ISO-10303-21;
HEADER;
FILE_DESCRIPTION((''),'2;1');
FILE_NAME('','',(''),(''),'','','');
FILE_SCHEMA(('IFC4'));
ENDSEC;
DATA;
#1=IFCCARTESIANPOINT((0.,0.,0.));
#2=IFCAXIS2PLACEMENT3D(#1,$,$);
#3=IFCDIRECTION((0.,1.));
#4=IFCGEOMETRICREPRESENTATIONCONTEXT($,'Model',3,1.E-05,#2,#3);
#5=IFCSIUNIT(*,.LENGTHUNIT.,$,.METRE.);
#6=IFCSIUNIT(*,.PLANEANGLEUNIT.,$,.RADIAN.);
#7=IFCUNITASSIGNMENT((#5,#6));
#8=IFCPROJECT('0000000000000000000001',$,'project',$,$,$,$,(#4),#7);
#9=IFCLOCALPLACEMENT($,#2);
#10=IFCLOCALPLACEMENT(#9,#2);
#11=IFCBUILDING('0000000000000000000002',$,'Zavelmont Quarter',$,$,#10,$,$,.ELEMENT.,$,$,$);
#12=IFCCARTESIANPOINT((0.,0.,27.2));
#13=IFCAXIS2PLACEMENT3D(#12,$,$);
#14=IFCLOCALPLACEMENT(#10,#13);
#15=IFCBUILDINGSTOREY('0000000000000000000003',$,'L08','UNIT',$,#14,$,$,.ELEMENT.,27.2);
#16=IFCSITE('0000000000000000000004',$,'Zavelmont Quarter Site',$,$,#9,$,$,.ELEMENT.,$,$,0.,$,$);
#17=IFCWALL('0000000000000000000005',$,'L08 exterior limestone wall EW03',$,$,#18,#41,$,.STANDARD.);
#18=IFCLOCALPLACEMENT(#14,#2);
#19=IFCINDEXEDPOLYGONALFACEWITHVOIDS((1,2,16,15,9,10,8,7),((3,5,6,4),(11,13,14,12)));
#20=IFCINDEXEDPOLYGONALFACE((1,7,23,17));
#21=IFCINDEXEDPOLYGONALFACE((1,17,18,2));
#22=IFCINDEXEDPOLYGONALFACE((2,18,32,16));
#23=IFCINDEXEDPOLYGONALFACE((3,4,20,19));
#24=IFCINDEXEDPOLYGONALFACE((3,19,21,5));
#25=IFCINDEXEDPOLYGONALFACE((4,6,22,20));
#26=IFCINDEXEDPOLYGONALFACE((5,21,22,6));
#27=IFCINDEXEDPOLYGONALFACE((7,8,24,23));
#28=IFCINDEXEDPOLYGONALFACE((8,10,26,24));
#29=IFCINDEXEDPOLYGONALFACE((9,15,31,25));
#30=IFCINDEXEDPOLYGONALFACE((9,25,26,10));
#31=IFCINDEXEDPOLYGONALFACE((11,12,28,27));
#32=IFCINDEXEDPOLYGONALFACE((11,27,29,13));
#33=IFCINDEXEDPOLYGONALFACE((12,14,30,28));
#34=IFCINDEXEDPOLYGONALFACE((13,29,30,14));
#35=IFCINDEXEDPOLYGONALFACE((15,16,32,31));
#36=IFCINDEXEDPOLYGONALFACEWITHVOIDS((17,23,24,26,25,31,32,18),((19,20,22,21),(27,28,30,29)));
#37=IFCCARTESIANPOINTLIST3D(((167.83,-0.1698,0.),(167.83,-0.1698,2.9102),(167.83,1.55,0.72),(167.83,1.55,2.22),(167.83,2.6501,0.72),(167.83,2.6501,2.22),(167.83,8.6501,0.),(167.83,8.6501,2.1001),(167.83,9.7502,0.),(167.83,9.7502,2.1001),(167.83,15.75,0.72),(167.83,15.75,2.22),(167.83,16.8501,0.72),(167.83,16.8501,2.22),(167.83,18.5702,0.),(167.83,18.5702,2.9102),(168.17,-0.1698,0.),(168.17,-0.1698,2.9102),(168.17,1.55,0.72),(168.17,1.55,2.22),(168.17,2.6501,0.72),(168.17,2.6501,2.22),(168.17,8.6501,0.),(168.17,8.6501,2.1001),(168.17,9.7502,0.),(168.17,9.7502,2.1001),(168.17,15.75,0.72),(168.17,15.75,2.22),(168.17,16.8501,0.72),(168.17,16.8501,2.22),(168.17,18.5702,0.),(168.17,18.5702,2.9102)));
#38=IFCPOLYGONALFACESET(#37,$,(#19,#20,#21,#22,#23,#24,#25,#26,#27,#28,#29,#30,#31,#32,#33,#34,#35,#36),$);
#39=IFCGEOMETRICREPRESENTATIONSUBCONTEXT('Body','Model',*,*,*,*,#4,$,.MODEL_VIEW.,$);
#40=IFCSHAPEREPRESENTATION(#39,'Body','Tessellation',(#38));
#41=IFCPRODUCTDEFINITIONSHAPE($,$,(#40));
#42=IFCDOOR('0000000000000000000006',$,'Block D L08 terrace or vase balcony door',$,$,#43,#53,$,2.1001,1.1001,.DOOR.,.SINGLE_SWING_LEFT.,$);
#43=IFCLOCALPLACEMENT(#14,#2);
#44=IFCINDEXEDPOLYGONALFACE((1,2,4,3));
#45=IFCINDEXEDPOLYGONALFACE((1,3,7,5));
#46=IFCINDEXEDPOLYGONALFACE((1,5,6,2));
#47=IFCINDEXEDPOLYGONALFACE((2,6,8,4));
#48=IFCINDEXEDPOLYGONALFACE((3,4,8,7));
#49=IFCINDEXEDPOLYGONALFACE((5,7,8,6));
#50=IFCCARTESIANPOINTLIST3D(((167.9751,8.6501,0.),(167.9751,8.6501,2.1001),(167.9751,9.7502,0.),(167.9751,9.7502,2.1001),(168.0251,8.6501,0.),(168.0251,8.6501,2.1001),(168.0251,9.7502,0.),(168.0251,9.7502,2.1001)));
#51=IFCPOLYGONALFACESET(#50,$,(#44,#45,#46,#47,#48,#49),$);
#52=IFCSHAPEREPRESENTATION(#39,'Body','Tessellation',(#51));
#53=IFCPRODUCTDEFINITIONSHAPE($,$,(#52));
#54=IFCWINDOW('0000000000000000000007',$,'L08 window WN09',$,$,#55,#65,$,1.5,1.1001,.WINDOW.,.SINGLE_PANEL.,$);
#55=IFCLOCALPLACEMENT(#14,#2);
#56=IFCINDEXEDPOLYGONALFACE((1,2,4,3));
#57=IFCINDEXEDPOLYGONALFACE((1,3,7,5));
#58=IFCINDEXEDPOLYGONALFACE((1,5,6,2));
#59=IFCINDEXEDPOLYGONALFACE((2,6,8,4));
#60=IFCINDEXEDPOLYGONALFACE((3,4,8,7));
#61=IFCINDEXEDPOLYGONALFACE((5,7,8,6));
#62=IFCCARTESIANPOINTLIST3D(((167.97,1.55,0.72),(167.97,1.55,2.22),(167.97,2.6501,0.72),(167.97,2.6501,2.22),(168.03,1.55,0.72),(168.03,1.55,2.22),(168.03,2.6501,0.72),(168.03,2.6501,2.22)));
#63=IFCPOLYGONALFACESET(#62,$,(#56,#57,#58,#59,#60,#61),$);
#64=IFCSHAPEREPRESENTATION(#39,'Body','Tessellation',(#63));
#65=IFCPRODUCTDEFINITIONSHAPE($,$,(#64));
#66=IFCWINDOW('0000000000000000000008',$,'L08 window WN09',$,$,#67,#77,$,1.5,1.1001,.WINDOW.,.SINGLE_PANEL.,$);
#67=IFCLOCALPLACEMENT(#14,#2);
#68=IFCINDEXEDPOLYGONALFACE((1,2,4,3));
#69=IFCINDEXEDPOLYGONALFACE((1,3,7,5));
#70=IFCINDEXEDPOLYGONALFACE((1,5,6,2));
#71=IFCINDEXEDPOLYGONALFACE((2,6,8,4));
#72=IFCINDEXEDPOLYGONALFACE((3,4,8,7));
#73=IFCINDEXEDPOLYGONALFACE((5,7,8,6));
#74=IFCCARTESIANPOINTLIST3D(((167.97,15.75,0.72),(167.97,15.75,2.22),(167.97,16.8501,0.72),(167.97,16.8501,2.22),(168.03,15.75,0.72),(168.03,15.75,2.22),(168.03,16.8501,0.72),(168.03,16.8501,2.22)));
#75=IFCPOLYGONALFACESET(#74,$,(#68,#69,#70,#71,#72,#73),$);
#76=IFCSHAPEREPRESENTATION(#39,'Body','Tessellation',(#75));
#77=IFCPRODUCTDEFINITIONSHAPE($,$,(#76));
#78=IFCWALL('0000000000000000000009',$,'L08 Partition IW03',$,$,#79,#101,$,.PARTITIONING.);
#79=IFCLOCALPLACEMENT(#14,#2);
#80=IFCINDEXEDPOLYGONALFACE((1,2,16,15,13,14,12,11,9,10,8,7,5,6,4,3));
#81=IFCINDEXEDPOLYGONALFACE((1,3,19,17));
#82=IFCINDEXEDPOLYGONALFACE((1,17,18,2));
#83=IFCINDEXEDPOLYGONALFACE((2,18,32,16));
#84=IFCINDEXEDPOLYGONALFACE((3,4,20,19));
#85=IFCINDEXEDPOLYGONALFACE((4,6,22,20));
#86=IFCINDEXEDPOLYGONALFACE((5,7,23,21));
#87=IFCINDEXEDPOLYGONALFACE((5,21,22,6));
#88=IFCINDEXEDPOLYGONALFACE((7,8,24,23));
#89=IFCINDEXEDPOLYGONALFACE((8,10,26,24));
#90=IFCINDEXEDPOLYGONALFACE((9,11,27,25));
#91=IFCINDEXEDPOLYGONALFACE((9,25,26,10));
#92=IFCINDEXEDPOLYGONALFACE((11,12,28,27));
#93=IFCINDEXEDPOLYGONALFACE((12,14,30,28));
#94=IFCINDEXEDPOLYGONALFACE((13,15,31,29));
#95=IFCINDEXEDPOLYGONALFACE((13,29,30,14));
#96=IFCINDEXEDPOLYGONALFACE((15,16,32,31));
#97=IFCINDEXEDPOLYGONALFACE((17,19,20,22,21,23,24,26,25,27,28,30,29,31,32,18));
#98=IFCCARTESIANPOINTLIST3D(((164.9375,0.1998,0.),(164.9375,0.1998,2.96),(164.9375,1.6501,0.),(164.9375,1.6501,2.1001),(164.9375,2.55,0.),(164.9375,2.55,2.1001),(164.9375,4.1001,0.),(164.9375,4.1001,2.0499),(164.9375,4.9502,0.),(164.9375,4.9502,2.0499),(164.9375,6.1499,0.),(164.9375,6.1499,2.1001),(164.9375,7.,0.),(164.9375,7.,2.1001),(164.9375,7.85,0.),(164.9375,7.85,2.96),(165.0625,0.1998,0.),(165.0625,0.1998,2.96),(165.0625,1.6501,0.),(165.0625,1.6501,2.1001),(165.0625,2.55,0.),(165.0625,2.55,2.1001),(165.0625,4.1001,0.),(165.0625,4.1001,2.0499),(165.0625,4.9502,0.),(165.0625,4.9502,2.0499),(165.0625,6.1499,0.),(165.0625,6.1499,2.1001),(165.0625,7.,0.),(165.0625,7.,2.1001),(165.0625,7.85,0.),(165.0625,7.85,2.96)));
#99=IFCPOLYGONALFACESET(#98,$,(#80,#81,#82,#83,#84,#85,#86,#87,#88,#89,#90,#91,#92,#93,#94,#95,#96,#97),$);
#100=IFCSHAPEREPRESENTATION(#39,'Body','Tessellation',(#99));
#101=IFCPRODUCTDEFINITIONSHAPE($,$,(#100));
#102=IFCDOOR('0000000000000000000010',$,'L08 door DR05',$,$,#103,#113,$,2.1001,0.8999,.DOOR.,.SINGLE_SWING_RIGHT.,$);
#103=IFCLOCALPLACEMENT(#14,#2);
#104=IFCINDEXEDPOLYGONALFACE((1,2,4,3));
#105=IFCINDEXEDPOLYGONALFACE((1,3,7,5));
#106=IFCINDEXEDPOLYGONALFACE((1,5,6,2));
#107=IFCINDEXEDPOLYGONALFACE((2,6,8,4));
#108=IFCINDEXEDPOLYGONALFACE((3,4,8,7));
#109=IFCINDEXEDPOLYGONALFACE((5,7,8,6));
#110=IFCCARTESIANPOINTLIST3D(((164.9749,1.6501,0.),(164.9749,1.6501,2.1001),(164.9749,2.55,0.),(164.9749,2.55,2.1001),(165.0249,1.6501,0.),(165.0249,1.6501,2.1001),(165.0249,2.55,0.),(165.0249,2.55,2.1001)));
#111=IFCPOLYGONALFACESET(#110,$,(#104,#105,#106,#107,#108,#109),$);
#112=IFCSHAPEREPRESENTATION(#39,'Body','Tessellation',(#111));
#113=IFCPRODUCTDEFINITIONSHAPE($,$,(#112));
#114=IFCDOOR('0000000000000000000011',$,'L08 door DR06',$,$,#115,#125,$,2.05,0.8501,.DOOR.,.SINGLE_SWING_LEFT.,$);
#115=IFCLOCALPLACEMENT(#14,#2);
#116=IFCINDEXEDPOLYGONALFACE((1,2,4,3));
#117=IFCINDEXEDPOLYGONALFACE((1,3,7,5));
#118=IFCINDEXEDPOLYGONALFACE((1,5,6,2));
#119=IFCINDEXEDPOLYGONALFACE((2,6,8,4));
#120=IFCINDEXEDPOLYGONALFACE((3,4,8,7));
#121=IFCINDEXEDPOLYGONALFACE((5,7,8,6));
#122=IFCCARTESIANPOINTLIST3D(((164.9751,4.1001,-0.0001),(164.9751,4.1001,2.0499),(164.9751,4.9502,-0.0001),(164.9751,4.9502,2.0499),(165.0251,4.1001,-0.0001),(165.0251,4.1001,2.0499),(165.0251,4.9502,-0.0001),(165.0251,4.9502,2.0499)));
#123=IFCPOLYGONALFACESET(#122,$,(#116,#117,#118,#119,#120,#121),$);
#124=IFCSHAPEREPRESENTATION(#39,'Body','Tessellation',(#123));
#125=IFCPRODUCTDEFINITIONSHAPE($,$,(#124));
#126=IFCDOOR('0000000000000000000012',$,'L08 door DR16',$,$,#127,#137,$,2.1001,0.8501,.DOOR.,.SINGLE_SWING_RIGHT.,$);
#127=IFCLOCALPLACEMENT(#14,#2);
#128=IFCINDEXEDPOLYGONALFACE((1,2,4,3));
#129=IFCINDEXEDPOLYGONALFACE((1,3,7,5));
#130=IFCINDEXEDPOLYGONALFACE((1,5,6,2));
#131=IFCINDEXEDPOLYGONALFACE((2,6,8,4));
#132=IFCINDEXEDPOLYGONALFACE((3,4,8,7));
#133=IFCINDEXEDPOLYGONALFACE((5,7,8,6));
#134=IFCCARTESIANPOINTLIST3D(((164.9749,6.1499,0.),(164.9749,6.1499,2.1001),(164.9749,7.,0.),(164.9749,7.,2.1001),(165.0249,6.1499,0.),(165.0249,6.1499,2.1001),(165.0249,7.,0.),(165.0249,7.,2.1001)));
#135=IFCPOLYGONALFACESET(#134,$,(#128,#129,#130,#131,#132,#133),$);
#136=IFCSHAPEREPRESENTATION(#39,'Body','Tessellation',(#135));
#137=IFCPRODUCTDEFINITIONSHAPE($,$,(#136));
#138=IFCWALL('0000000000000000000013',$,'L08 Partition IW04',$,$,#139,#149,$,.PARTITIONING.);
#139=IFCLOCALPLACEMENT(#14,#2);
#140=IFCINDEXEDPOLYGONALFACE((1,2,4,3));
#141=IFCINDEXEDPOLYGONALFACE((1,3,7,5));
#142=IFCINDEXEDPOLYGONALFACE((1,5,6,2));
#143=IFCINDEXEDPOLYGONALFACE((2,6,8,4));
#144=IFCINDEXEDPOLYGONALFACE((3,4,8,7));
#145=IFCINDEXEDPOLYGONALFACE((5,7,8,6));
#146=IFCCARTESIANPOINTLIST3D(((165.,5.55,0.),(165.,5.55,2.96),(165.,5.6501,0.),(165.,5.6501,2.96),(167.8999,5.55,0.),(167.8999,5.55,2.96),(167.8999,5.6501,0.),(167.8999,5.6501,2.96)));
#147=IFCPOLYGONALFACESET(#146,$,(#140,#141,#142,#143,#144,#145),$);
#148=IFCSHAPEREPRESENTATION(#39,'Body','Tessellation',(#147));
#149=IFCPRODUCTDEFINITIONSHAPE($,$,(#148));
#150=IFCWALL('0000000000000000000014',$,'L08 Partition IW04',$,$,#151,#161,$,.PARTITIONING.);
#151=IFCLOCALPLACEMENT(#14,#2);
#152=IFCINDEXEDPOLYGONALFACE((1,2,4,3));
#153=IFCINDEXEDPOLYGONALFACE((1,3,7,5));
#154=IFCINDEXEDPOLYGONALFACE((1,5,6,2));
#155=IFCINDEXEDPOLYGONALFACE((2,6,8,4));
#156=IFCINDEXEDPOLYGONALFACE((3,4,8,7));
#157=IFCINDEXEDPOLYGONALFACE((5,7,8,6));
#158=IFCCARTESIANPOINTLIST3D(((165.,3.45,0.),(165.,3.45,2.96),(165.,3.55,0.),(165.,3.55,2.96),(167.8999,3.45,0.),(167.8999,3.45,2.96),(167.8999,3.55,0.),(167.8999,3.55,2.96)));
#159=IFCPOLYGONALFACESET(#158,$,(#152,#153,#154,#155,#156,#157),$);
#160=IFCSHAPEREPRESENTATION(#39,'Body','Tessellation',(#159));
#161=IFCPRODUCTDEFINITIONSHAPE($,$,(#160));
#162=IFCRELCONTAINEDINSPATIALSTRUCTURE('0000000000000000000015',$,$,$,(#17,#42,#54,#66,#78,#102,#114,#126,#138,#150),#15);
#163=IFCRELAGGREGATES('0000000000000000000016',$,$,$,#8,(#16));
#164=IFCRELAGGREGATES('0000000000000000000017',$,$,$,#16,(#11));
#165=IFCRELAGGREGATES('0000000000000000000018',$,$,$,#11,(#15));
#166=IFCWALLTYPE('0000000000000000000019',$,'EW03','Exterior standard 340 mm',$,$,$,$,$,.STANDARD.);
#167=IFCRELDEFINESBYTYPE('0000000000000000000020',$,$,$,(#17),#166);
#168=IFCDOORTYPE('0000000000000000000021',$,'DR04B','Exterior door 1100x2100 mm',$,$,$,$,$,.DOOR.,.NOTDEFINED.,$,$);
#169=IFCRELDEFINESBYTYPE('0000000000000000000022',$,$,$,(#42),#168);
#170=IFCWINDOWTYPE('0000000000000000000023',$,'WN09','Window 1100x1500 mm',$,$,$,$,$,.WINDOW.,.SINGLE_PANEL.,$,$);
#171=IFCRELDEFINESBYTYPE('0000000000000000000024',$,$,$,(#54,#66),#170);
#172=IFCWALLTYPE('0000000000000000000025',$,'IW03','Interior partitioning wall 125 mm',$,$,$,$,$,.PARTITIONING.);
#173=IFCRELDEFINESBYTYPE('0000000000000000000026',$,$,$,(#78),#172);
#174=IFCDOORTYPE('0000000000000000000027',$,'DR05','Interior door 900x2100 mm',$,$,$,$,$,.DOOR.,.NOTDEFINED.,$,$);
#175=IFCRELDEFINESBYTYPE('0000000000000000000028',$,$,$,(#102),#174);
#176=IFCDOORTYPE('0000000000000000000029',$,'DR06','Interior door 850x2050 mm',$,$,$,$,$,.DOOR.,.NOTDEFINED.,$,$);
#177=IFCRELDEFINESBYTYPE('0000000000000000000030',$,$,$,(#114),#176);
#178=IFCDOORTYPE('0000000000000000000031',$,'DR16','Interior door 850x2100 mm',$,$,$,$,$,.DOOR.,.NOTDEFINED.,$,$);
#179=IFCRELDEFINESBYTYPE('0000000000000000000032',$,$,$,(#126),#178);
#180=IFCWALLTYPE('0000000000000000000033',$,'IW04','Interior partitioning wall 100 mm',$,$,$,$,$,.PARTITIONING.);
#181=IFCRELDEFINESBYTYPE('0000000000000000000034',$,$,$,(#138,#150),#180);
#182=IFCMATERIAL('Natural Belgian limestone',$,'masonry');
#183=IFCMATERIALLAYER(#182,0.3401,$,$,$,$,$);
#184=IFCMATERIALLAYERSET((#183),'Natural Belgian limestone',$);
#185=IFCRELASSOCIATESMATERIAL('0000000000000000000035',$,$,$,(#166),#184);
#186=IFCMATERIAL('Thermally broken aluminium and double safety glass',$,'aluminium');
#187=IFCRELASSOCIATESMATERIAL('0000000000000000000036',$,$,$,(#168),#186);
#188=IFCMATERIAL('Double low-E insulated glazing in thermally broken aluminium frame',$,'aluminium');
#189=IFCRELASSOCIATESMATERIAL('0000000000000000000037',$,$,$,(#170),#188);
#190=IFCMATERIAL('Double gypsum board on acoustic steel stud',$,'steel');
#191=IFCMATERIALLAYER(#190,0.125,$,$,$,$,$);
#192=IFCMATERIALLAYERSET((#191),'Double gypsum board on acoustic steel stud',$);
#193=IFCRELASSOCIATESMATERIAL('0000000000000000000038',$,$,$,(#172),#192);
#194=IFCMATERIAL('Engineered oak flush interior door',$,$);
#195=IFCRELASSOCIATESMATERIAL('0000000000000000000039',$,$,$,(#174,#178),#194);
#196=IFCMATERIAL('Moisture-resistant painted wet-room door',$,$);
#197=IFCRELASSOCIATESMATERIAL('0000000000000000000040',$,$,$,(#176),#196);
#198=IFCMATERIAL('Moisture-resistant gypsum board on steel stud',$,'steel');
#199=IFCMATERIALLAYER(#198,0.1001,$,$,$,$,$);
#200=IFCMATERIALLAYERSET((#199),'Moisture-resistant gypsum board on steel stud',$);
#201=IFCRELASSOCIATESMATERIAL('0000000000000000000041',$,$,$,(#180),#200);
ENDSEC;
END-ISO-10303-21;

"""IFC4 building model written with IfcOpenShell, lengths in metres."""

from ifc_helpers import new_model, si_unit, direction, frame, frame_2d, origin, origin_with_axes, place, context, subcontext, project, spatial, rectangle, extrude, material, layer, layer_set, type_object, element, fill, save


model = new_model("IFC4")

# Units and contexts
model_context = context("Model", 3, precision=1e-05, world=origin(), true_north=direction((0.0, 1.0)))
body_context = subcontext(model_context, "Body", "Model", "MODEL_VIEW")
ifc_project = project(units=[si_unit("LENGTHUNIT", "METRE"), si_unit("PLANEANGLEUNIT", "RADIAN")], contexts=[model_context])

# Site, building, storey
site_placement = place(None, origin())
site = spatial("IfcSite", under=ifc_project, at=site_placement, Name="Zavelmont Quarter Site", CompositionType="ELEMENT", RefElevation=0.0)
building_placement = place(site_placement, origin())
building = spatial("IfcBuilding", under=site, at=building_placement, Name="Zavelmont Quarter", CompositionType="ELEMENT")
storey_placement = place(building_placement, frame((0.0, 0.0, 27.2)))
storey = spatial("IfcBuildingStorey", under=building, at=storey_placement, Name="L08", Description="UNIT", CompositionType="ELEMENT", Elevation=27.2)

# Wall, openings, door, windows
ifc_material_1 = material(Name="Natural Belgian limestone", Category="masonry")
ifc_layer_1 = layer(ifc_material_1, 0.3401)
ifc_layer_set_1 = layer_set([ifc_layer_1], Name="Natural Belgian limestone")
wall_type_1 = type_object("IfcWallType", Name="EW03", Description="Exterior standard 340 mm", PredefinedType="STANDARD", material=ifc_layer_set_1)
wall_1_placement = place(storey_placement, frame((168.0, -0.1699, 0.0), z_axis=(0.0, 0.0, 1.0), x_axis=(0.0, 1.0, 0.0)))
wall_1 = element("IfcWall", 1, at=wall_1_placement, inside=storey, type_object=wall_type_1, Name="L08 exterior limestone wall EW03", PredefinedType="STANDARD", context=body_context, shape_type="SweptSolid", body=[
    extrude(rectangle(XDim=18.74, YDim=0.3401, at=frame_2d((9.3701, 0.0))), origin(), (0.0, 0.0, 1.0), 2.9102),
])
opening_1_placement = place(wall_1_placement, frame((8.8201, 0.0, 0.0)))
opening_1 = element("IfcOpeningElement", 2, at=opening_1_placement, cuts=wall_1, PredefinedType="OPENING", context=body_context, shape_type="SweptSolid", body=[
    extrude(rectangle(XDim=1.1001, YDim=2.1001, at=frame_2d((0.55, 1.05))), frame((0.0, 0.1821, 0.0), z_axis=(0.0, -1.0, 0.0), x_axis=(1.0, 0.0, 0.0)), (0.0, 0.0, 1.0), 0.364),
])
opening_2_placement = place(wall_1_placement, frame((1.72, 0.0, 0.72)))
opening_2 = element("IfcOpeningElement", 3, at=opening_2_placement, cuts=wall_1, PredefinedType="OPENING", context=body_context, shape_type="SweptSolid", body=[
    extrude(rectangle(XDim=1.1001, YDim=1.5, at=frame_2d((0.55, 0.75))), frame((0.0, 0.1821, 0.0), z_axis=(0.0, -1.0, 0.0), x_axis=(1.0, 0.0, 0.0)), (0.0, 0.0, 1.0), 0.364),
])
opening_3_placement = place(wall_1_placement, frame((15.9199, 0.0, 0.72)))
opening_3 = element("IfcOpeningElement", 4, at=opening_3_placement, cuts=wall_1, PredefinedType="OPENING", context=body_context, shape_type="SweptSolid", body=[
    extrude(rectangle(XDim=1.1001, YDim=1.5, at=frame_2d((0.55, 0.75))), frame((0.0, 0.1821, 0.0), z_axis=(0.0, -1.0, 0.0), x_axis=(1.0, 0.0, 0.0)), (0.0, 0.0, 1.0), 0.364),
])
ifc_material_2 = material(Name="Thermally broken aluminium and double safety glass", Category="aluminium")
door_type_1 = type_object("IfcDoorType", Name="DR04B", Description="Exterior door 1100x2100 mm", OperationType="NOTDEFINED", PredefinedType="DOOR", material=ifc_material_2)
door_1_placement = place(opening_1_placement, origin_with_axes())
door_1 = element("IfcDoor", 5, at=door_1_placement, inside=storey, type_object=door_type_1, Name="Block D L08 terrace or vase balcony door", OperationType="SINGLE_SWING_LEFT", OverallHeight=2.1001, OverallWidth=1.1001, PredefinedType="DOOR", context=body_context, shape_type="SweptSolid", body=[
    extrude(rectangle(XDim=1.1001, YDim=2.1001, at=frame_2d((0.55, 1.05))), frame((0.0, 0.0249, 0.0), z_axis=(0.0, -1.0, 0.0), x_axis=(1.0, 0.0, 0.0)), (0.0, 0.0, 1.0), 0.05),
])
fill(opening_1, door_1)
ifc_material_3 = material(Name="Double low-E insulated glazing in thermally broken aluminium frame", Category="aluminium")
window_type = type_object("IfcWindowType", Name="WN09", Description="Window 1100x1500 mm", PartitioningType="SINGLE_PANEL", PredefinedType="WINDOW", material=ifc_material_3)
window_1_placement = place(opening_2_placement, origin_with_axes())
window_1 = element("IfcWindow", 6, at=window_1_placement, inside=storey, type_object=window_type, Name="L08 window WN09", OverallHeight=1.5, OverallWidth=1.1001, PartitioningType="SINGLE_PANEL", PredefinedType="WINDOW", context=body_context, shape_type="SweptSolid", body=[
    extrude(rectangle(XDim=1.1001, YDim=1.5, at=frame_2d((0.55, 0.75))), frame((0.0, 0.03, 0.0), z_axis=(0.0, -1.0, 0.0), x_axis=(1.0, 0.0, 0.0)), (0.0, 0.0, 1.0), 0.0601),
])
fill(opening_2, window_1)
window_2_placement = place(opening_3_placement, origin_with_axes())
window_2 = element("IfcWindow", 7, at=window_2_placement, inside=storey, type_object=window_type, Name="L08 window WN09", OverallHeight=1.5, OverallWidth=1.1001, PartitioningType="SINGLE_PANEL", PredefinedType="WINDOW", context=body_context, shape_type="SweptSolid", body=[
    extrude(rectangle(XDim=1.1001, YDim=1.5, at=frame_2d((0.55, 0.75))), frame((0.0, 0.03, 0.0), z_axis=(0.0, -1.0, 0.0), x_axis=(1.0, 0.0, 0.0)), (0.0, 0.0, 1.0), 0.0601),
])
fill(opening_3, window_2)

# Wall, openings, doors
ifc_material_4 = material(Name="Double gypsum board on acoustic steel stud", Category="steel")
ifc_layer_2 = layer(ifc_material_4, 0.125)
ifc_layer_set_2 = layer_set([ifc_layer_2], Name="Double gypsum board on acoustic steel stud")
wall_type_2 = type_object("IfcWallType", Name="IW03", Description="Interior partitioning wall 125 mm", PredefinedType="PARTITIONING", material=ifc_layer_set_2)
wall_2_placement = place(storey_placement, frame((165.0, 7.8501, 0.0), z_axis=(0.0, 0.0, 1.0), x_axis=(0.0, -1.0, 0.0)))
wall_2 = element("IfcWall", 8, at=wall_2_placement, inside=storey, type_object=wall_type_2, Name="L08 Partition IW03", PredefinedType="PARTITIONING", context=body_context, shape_type="SweptSolid", body=[
    extrude(rectangle(XDim=7.6501, YDim=0.125, at=frame_2d((3.8252, 0.0))), origin(), (0.0, 0.0, 1.0), 2.96),
])
opening_4_placement = place(wall_2_placement, frame((0.8501, 0.0, 0.0)))
opening_4 = element("IfcOpeningElement", 9, at=opening_4_placement, cuts=wall_2, PredefinedType="OPENING", context=body_context, shape_type="SweptSolid", body=[
    extrude(rectangle(XDim=0.8501, YDim=2.1001, at=frame_2d((0.425, 1.05))), frame((0.0, 0.0745, 0.0), z_axis=(0.0, -1.0, 0.0), x_axis=(1.0, 0.0, 0.0)), (0.0, 0.0, 1.0), 0.1489),
])
opening_5_placement = place(wall_2_placement, frame((2.8999, 0.0, 0.0)))
opening_5 = element("IfcOpeningElement", 10, at=opening_5_placement, cuts=wall_2, PredefinedType="OPENING", context=body_context, shape_type="SweptSolid", body=[
    extrude(rectangle(XDim=0.8501, YDim=2.05, at=frame_2d((0.425, 1.0249))), frame((0.0, 0.0745, 0.0), z_axis=(0.0, -1.0, 0.0), x_axis=(1.0, 0.0, 0.0)), (0.0, 0.0, 1.0), 0.1489),
])
opening_6_placement = place(wall_2_placement, frame((5.3, 0.0, 0.0)))
opening_6 = element("IfcOpeningElement", 11, at=opening_6_placement, cuts=wall_2, PredefinedType="OPENING", context=body_context, shape_type="SweptSolid", body=[
    extrude(rectangle(XDim=0.8999, YDim=2.1001, at=frame_2d((0.45, 1.05))), frame((0.0, 0.0745, 0.0), z_axis=(0.0, -1.0, 0.0), x_axis=(1.0, 0.0, 0.0)), (0.0, 0.0, 1.0), 0.1489),
])
ifc_material_5 = material(Name="Engineered oak flush interior door")
door_type_2 = type_object("IfcDoorType", Name="DR05", Description="Interior door 900x2100 mm", OperationType="NOTDEFINED", PredefinedType="DOOR", material=ifc_material_5)
door_2_placement = place(opening_6_placement, origin_with_axes())
door_2 = element("IfcDoor", 12, at=door_2_placement, inside=storey, type_object=door_type_2, Name="L08 door DR05", OperationType="SINGLE_SWING_RIGHT", OverallHeight=2.1001, OverallWidth=0.8999, PredefinedType="DOOR", context=body_context, shape_type="SweptSolid", body=[
    extrude(rectangle(XDim=0.8999, YDim=2.1001, at=frame_2d((0.45, 1.05))), frame((0.0, 0.0249, 0.0), z_axis=(0.0, -1.0, 0.0), x_axis=(1.0, 0.0, 0.0)), (0.0, 0.0, 1.0), 0.05),
])
fill(opening_6, door_2)
ifc_material_6 = material(Name="Moisture-resistant painted wet-room door")
door_type_3 = type_object("IfcDoorType", Name="DR06", Description="Interior door 850x2050 mm", OperationType="NOTDEFINED", PredefinedType="DOOR", material=ifc_material_6)
door_3_placement = place(opening_5_placement, frame((0.8501, 0.0, 0.0), z_axis=(0.0, 0.0, 1.0), x_axis=(-1.0, 0.0, 0.0)))
door_3 = element("IfcDoor", 13, at=door_3_placement, inside=storey, type_object=door_type_3, Name="L08 door DR06", OperationType="SINGLE_SWING_LEFT", OverallHeight=2.05, OverallWidth=0.8501, PredefinedType="DOOR", context=body_context, shape_type="SweptSolid", body=[
    extrude(rectangle(XDim=0.8501, YDim=2.05, at=frame_2d((0.425, 1.0249))), frame((0.0, 0.0249, 0.0), z_axis=(0.0, -1.0, 0.0), x_axis=(1.0, 0.0, 0.0)), (0.0, 0.0, 1.0), 0.05),
])
fill(opening_5, door_3)
door_type_4 = type_object("IfcDoorType", Name="DR16", Description="Interior door 850x2100 mm", OperationType="NOTDEFINED", PredefinedType="DOOR", material=ifc_material_5)
door_4_placement = place(opening_4_placement, origin_with_axes())
door_4 = element("IfcDoor", 14, at=door_4_placement, inside=storey, type_object=door_type_4, Name="L08 door DR16", OperationType="SINGLE_SWING_RIGHT", OverallHeight=2.1001, OverallWidth=0.8501, PredefinedType="DOOR", context=body_context, shape_type="SweptSolid", body=[
    extrude(rectangle(XDim=0.8501, YDim=2.1001, at=frame_2d((0.425, 1.05))), frame((0.0, 0.0249, 0.0), z_axis=(0.0, -1.0, 0.0), x_axis=(1.0, 0.0, 0.0)), (0.0, 0.0, 1.0), 0.05),
])
fill(opening_4, door_4)

# Walls
ifc_material_7 = material(Name="Moisture-resistant gypsum board on steel stud", Category="steel")
ifc_layer_3 = layer(ifc_material_7, 0.1001)
ifc_layer_set_3 = layer_set([ifc_layer_3], Name="Moisture-resistant gypsum board on steel stud")
wall_type_3 = type_object("IfcWallType", Name="IW04", Description="Interior partitioning wall 100 mm", PredefinedType="PARTITIONING", material=ifc_layer_set_3)
for number, where, z_axis, x_axis, name in (
    (15, (165.0, 5.6001, 0.0), (0.0, 0.0, 1.0), (1.0, 0.0, 0.0), "L08 Partition IW04"),
    (16, (165.0, 3.5, 0.0), (0.0, 0.0, 1.0), (1.0, 0.0, 0.0), "L08 Partition IW04"),
):
    element("IfcWall", number, at=place(storey_placement, frame(where, z_axis=z_axis, x_axis=x_axis)), inside=storey, type_object=wall_type_3, Name=name, PredefinedType="PARTITIONING", context=body_context, shape_type="SweptSolid", body=[
        extrude(rectangle(XDim=2.8999, YDim=0.1001, at=frame_2d((1.45, 0.0))), origin(), (0.0, 0.0, 1.0), 2.96),
    ])

save(model, "model.ifc")
